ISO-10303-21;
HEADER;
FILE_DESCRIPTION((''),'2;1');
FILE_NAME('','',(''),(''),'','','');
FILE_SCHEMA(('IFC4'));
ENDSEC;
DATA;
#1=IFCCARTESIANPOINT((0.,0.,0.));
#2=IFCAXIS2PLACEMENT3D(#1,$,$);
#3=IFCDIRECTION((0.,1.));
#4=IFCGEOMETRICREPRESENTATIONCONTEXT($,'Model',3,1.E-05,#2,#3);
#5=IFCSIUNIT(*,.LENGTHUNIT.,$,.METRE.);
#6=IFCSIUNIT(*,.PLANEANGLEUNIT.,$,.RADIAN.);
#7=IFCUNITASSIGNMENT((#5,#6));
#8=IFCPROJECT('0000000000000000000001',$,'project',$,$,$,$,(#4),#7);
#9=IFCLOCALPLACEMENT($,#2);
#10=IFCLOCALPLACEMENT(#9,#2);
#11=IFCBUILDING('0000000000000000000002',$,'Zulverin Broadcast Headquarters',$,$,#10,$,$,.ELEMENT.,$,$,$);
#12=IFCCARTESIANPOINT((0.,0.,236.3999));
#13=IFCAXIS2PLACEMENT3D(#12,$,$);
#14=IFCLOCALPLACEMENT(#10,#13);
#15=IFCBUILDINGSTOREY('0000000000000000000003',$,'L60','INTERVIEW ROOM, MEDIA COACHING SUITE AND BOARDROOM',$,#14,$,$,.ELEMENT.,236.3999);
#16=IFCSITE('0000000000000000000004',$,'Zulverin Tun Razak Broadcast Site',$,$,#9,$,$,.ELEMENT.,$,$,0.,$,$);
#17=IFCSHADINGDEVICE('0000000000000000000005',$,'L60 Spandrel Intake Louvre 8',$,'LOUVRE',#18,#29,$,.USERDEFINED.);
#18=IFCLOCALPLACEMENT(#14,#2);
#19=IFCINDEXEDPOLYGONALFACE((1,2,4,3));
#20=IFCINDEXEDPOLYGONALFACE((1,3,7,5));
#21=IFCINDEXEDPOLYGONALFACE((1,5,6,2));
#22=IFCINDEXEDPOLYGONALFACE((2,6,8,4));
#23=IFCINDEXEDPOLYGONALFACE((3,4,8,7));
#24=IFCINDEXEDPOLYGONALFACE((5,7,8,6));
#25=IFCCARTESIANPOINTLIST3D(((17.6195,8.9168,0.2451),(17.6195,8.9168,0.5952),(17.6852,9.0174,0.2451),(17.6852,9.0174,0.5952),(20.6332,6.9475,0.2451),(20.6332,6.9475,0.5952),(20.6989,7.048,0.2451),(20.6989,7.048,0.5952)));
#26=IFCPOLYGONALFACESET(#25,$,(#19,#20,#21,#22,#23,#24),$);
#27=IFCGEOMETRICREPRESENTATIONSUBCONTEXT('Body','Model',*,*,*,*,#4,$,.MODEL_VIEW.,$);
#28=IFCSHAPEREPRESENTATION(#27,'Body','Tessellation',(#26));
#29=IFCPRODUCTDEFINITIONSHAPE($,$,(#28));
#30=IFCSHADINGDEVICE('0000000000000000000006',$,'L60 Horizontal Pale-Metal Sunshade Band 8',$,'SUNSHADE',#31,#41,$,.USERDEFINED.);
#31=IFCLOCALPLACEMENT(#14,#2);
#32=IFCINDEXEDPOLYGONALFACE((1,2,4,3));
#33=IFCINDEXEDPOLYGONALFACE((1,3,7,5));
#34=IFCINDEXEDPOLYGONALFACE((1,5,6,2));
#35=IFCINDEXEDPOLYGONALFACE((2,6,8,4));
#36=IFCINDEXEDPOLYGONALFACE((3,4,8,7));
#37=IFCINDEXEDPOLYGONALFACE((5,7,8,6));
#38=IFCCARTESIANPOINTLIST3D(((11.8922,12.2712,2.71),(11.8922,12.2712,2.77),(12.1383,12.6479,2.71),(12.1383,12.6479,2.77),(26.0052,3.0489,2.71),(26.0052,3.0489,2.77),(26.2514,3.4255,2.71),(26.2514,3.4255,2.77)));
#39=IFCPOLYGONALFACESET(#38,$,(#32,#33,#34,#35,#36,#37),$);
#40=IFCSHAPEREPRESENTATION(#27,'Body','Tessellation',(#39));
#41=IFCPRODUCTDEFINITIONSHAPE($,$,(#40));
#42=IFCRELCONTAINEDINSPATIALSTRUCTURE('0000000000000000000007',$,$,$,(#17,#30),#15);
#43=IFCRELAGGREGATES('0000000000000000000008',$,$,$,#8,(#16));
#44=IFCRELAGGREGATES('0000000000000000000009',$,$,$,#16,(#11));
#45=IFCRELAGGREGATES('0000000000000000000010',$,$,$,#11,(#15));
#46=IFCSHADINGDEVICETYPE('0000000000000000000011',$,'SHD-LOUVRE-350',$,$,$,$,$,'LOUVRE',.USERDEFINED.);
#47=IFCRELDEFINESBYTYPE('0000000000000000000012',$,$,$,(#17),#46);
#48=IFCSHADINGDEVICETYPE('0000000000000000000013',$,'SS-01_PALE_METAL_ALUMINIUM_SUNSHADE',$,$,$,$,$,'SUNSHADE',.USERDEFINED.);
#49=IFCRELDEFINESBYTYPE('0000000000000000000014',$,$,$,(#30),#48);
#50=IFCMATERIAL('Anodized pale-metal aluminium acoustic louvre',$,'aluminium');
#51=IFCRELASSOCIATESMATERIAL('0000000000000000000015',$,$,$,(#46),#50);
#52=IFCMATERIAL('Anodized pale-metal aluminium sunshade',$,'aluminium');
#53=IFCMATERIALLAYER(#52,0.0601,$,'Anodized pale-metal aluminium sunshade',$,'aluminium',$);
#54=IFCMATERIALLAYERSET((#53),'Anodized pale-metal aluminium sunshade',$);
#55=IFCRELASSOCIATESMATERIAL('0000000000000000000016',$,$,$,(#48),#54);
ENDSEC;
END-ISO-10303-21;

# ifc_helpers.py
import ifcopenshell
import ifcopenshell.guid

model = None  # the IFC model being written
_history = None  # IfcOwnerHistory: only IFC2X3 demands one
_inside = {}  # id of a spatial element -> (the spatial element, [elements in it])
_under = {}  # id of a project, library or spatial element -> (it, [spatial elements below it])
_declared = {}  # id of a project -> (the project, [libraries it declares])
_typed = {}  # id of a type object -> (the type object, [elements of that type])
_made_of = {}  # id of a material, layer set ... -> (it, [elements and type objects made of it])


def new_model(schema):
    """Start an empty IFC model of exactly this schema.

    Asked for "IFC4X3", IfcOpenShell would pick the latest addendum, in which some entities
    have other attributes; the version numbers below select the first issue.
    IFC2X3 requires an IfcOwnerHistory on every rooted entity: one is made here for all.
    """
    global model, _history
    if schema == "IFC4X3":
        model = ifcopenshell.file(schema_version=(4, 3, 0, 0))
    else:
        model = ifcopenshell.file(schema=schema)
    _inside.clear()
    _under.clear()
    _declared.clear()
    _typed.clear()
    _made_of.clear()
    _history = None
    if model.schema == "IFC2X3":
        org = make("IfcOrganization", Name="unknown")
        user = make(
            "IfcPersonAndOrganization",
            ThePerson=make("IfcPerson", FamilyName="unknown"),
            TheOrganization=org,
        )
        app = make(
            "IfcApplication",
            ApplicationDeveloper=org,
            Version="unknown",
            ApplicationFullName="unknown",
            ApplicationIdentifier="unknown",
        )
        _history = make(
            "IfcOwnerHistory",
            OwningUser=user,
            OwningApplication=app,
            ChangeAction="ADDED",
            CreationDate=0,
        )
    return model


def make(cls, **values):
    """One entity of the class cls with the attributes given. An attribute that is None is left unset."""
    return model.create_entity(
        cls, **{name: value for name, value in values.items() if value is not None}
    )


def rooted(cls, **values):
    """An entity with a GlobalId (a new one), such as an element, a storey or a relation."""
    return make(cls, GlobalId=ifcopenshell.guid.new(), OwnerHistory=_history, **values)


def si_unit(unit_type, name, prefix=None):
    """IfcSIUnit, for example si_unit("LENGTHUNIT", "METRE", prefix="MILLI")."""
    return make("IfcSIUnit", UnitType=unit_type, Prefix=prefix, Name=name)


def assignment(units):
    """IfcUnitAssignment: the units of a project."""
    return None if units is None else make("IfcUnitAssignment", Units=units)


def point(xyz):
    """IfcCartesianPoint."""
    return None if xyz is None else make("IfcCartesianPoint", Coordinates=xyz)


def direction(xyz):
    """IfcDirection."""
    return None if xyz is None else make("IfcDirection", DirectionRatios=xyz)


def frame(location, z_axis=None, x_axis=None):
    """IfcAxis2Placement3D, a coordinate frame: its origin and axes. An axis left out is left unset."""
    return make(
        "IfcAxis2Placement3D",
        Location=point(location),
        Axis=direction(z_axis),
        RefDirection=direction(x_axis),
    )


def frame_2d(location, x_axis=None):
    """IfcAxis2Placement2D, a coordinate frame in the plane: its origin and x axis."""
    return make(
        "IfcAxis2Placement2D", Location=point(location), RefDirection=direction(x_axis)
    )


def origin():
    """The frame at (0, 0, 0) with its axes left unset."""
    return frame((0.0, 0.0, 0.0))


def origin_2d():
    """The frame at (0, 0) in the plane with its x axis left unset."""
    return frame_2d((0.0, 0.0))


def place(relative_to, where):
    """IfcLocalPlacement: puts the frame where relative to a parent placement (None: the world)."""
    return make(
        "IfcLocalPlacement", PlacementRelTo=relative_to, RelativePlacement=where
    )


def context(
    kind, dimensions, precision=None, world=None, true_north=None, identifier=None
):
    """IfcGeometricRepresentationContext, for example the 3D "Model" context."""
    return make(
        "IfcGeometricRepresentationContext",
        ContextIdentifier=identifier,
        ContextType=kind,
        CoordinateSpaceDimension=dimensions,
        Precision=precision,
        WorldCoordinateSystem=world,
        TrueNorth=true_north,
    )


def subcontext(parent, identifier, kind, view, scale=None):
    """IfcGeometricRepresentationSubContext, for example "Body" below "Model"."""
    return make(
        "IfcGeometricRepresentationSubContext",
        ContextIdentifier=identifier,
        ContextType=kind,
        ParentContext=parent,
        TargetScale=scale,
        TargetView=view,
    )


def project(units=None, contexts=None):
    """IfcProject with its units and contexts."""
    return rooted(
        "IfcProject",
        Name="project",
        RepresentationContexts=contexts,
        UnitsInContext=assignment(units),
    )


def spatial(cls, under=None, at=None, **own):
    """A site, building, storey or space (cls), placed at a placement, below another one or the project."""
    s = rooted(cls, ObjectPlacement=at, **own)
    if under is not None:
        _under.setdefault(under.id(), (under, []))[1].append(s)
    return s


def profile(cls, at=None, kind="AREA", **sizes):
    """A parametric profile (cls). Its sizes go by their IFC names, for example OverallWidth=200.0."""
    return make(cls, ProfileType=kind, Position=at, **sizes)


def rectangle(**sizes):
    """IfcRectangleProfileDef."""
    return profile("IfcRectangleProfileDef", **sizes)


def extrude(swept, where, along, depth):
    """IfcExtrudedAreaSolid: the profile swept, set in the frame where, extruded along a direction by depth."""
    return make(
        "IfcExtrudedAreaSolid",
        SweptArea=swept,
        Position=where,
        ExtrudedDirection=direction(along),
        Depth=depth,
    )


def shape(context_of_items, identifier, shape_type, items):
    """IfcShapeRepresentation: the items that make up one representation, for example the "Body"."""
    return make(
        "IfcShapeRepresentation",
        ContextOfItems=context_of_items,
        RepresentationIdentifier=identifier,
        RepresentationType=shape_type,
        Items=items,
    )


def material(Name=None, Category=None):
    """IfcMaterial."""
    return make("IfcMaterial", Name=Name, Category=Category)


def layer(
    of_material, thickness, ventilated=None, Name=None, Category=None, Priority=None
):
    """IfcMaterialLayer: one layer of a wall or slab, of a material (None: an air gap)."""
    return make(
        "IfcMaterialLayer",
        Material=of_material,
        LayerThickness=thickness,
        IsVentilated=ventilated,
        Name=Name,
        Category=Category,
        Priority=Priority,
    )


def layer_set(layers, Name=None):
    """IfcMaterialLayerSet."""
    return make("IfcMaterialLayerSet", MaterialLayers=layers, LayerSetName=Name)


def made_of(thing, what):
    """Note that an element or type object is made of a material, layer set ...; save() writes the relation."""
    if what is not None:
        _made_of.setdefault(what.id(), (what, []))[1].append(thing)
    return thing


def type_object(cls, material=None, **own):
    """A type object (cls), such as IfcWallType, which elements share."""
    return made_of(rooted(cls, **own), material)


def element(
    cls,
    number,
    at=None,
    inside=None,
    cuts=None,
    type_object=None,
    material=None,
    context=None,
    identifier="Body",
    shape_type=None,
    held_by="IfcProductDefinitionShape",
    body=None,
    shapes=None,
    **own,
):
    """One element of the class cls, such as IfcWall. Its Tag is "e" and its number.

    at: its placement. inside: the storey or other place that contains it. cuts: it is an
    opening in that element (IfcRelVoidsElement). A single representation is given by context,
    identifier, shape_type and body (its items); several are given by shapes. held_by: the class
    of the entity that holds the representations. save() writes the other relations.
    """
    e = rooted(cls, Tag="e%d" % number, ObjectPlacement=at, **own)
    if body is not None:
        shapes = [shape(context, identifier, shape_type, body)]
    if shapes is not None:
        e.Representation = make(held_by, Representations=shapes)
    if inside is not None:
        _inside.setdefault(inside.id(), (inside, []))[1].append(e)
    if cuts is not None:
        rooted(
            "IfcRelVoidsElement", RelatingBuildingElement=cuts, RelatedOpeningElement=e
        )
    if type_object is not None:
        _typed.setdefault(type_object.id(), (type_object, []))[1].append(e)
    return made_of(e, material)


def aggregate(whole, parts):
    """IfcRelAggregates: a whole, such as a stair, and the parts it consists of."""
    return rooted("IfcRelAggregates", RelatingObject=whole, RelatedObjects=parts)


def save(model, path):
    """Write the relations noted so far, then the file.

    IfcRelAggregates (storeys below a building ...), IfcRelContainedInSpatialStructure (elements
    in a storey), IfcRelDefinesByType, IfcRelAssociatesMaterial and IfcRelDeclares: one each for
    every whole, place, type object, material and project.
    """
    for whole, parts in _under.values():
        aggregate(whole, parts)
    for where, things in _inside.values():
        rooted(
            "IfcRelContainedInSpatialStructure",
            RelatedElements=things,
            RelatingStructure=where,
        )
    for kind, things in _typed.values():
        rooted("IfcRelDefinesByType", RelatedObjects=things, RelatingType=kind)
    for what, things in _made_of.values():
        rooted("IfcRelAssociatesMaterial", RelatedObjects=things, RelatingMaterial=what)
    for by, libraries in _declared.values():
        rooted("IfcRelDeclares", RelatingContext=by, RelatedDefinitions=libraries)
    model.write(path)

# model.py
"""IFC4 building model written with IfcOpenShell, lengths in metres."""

from ifc_helpers import new_model, si_unit, direction, frame, origin, origin_2d, place, context, subcontext, project, spatial, rectangle, extrude, material, layer, layer_set, type_object, element, save


model = new_model("IFC4")

# Units and contexts
model_context = context("Model", 3, precision=1e-05, world=origin(), true_north=direction((0.0, 1.0)))
body_context = subcontext(model_context, "Body", "Model", "MODEL_VIEW")
ifc_project = project(units=[si_unit("LENGTHUNIT", "METRE"), si_unit("PLANEANGLEUNIT", "RADIAN")], contexts=[model_context])

# Site, building, storey
site_placement = place(None, origin())
site = spatial("IfcSite", under=ifc_project, at=site_placement, Name="Zulverin Tun Razak Broadcast Site", CompositionType="ELEMENT", RefElevation=0.0)
building_placement = place(site_placement, origin())
building = spatial("IfcBuilding", under=site, at=building_placement, Name="Zulverin Broadcast Headquarters", CompositionType="ELEMENT")
storey_placement = place(building_placement, frame((0.0, 0.0, 236.3999)))
storey = spatial("IfcBuildingStorey", under=building, at=storey_placement, Name="L60", Description="INTERVIEW ROOM, MEDIA COACHING SUITE AND BOARDROOM", CompositionType="ELEMENT", Elevation=236.3999)

# Shading devices
ifc_material_1 = material(Name="Anodized pale-metal aluminium acoustic louvre", Category="aluminium")
shading_device_type_1 = type_object("IfcShadingDeviceType", Name="SHD-LOUVRE-350", ElementType="LOUVRE", PredefinedType="USERDEFINED", material=ifc_material_1)
shading_device_1_placement = place(storey_placement, frame((19.1592, 7.9824, 0.2451), z_axis=(0.0, 0.0, 1.0), x_axis=(0.837116, -0.547026, 0.0)))
element("IfcShadingDevice", 1, at=shading_device_1_placement, inside=storey, type_object=shading_device_type_1, Name="L60 Spandrel Intake Louvre 8", ObjectType="LOUVRE", PredefinedType="USERDEFINED", context=body_context, shape_type="SweptSolid", body=[
    extrude(rectangle(XDim=3.6001, YDim=0.1201, at=origin_2d()), origin(), (0.0, 0.0, 1.0), 0.3501),
])
ifc_material_2 = material(Name="Anodized pale-metal aluminium sunshade", Category="aluminium")
ifc_layer_1 = layer(ifc_material_2, 0.0601, Name="Anodized pale-metal aluminium sunshade", Category="aluminium")
ifc_layer_set_1 = layer_set([ifc_layer_1], Name="Anodized pale-metal aluminium sunshade")
shading_device_type_2 = type_object("IfcShadingDeviceType", Name="SS-01_PALE_METAL_ALUMINIUM_SUNSHADE", ElementType="SUNSHADE", PredefinedType="USERDEFINED", material=ifc_layer_set_1)
shading_device_2_placement = place(storey_placement, frame((19.0718, 7.8484, 2.71), z_axis=(0.0, 0.0, 1.0), x_axis=(0.837116, -0.547026, 0.0)))
element("IfcShadingDevice", 2, at=shading_device_2_placement, inside=storey, type_object=shading_device_type_2, Name="L60 Horizontal Pale-Metal Sunshade Band 8", ObjectType="SUNSHADE", PredefinedType="USERDEFINED", context=body_context, shape_type="SweptSolid", body=[
    extrude(rectangle(XDim=16.8591, YDim=0.45, at=origin_2d()), origin(), (0.0, 0.0, 1.0), 0.0601),
])

save(model, "model.ifc")
